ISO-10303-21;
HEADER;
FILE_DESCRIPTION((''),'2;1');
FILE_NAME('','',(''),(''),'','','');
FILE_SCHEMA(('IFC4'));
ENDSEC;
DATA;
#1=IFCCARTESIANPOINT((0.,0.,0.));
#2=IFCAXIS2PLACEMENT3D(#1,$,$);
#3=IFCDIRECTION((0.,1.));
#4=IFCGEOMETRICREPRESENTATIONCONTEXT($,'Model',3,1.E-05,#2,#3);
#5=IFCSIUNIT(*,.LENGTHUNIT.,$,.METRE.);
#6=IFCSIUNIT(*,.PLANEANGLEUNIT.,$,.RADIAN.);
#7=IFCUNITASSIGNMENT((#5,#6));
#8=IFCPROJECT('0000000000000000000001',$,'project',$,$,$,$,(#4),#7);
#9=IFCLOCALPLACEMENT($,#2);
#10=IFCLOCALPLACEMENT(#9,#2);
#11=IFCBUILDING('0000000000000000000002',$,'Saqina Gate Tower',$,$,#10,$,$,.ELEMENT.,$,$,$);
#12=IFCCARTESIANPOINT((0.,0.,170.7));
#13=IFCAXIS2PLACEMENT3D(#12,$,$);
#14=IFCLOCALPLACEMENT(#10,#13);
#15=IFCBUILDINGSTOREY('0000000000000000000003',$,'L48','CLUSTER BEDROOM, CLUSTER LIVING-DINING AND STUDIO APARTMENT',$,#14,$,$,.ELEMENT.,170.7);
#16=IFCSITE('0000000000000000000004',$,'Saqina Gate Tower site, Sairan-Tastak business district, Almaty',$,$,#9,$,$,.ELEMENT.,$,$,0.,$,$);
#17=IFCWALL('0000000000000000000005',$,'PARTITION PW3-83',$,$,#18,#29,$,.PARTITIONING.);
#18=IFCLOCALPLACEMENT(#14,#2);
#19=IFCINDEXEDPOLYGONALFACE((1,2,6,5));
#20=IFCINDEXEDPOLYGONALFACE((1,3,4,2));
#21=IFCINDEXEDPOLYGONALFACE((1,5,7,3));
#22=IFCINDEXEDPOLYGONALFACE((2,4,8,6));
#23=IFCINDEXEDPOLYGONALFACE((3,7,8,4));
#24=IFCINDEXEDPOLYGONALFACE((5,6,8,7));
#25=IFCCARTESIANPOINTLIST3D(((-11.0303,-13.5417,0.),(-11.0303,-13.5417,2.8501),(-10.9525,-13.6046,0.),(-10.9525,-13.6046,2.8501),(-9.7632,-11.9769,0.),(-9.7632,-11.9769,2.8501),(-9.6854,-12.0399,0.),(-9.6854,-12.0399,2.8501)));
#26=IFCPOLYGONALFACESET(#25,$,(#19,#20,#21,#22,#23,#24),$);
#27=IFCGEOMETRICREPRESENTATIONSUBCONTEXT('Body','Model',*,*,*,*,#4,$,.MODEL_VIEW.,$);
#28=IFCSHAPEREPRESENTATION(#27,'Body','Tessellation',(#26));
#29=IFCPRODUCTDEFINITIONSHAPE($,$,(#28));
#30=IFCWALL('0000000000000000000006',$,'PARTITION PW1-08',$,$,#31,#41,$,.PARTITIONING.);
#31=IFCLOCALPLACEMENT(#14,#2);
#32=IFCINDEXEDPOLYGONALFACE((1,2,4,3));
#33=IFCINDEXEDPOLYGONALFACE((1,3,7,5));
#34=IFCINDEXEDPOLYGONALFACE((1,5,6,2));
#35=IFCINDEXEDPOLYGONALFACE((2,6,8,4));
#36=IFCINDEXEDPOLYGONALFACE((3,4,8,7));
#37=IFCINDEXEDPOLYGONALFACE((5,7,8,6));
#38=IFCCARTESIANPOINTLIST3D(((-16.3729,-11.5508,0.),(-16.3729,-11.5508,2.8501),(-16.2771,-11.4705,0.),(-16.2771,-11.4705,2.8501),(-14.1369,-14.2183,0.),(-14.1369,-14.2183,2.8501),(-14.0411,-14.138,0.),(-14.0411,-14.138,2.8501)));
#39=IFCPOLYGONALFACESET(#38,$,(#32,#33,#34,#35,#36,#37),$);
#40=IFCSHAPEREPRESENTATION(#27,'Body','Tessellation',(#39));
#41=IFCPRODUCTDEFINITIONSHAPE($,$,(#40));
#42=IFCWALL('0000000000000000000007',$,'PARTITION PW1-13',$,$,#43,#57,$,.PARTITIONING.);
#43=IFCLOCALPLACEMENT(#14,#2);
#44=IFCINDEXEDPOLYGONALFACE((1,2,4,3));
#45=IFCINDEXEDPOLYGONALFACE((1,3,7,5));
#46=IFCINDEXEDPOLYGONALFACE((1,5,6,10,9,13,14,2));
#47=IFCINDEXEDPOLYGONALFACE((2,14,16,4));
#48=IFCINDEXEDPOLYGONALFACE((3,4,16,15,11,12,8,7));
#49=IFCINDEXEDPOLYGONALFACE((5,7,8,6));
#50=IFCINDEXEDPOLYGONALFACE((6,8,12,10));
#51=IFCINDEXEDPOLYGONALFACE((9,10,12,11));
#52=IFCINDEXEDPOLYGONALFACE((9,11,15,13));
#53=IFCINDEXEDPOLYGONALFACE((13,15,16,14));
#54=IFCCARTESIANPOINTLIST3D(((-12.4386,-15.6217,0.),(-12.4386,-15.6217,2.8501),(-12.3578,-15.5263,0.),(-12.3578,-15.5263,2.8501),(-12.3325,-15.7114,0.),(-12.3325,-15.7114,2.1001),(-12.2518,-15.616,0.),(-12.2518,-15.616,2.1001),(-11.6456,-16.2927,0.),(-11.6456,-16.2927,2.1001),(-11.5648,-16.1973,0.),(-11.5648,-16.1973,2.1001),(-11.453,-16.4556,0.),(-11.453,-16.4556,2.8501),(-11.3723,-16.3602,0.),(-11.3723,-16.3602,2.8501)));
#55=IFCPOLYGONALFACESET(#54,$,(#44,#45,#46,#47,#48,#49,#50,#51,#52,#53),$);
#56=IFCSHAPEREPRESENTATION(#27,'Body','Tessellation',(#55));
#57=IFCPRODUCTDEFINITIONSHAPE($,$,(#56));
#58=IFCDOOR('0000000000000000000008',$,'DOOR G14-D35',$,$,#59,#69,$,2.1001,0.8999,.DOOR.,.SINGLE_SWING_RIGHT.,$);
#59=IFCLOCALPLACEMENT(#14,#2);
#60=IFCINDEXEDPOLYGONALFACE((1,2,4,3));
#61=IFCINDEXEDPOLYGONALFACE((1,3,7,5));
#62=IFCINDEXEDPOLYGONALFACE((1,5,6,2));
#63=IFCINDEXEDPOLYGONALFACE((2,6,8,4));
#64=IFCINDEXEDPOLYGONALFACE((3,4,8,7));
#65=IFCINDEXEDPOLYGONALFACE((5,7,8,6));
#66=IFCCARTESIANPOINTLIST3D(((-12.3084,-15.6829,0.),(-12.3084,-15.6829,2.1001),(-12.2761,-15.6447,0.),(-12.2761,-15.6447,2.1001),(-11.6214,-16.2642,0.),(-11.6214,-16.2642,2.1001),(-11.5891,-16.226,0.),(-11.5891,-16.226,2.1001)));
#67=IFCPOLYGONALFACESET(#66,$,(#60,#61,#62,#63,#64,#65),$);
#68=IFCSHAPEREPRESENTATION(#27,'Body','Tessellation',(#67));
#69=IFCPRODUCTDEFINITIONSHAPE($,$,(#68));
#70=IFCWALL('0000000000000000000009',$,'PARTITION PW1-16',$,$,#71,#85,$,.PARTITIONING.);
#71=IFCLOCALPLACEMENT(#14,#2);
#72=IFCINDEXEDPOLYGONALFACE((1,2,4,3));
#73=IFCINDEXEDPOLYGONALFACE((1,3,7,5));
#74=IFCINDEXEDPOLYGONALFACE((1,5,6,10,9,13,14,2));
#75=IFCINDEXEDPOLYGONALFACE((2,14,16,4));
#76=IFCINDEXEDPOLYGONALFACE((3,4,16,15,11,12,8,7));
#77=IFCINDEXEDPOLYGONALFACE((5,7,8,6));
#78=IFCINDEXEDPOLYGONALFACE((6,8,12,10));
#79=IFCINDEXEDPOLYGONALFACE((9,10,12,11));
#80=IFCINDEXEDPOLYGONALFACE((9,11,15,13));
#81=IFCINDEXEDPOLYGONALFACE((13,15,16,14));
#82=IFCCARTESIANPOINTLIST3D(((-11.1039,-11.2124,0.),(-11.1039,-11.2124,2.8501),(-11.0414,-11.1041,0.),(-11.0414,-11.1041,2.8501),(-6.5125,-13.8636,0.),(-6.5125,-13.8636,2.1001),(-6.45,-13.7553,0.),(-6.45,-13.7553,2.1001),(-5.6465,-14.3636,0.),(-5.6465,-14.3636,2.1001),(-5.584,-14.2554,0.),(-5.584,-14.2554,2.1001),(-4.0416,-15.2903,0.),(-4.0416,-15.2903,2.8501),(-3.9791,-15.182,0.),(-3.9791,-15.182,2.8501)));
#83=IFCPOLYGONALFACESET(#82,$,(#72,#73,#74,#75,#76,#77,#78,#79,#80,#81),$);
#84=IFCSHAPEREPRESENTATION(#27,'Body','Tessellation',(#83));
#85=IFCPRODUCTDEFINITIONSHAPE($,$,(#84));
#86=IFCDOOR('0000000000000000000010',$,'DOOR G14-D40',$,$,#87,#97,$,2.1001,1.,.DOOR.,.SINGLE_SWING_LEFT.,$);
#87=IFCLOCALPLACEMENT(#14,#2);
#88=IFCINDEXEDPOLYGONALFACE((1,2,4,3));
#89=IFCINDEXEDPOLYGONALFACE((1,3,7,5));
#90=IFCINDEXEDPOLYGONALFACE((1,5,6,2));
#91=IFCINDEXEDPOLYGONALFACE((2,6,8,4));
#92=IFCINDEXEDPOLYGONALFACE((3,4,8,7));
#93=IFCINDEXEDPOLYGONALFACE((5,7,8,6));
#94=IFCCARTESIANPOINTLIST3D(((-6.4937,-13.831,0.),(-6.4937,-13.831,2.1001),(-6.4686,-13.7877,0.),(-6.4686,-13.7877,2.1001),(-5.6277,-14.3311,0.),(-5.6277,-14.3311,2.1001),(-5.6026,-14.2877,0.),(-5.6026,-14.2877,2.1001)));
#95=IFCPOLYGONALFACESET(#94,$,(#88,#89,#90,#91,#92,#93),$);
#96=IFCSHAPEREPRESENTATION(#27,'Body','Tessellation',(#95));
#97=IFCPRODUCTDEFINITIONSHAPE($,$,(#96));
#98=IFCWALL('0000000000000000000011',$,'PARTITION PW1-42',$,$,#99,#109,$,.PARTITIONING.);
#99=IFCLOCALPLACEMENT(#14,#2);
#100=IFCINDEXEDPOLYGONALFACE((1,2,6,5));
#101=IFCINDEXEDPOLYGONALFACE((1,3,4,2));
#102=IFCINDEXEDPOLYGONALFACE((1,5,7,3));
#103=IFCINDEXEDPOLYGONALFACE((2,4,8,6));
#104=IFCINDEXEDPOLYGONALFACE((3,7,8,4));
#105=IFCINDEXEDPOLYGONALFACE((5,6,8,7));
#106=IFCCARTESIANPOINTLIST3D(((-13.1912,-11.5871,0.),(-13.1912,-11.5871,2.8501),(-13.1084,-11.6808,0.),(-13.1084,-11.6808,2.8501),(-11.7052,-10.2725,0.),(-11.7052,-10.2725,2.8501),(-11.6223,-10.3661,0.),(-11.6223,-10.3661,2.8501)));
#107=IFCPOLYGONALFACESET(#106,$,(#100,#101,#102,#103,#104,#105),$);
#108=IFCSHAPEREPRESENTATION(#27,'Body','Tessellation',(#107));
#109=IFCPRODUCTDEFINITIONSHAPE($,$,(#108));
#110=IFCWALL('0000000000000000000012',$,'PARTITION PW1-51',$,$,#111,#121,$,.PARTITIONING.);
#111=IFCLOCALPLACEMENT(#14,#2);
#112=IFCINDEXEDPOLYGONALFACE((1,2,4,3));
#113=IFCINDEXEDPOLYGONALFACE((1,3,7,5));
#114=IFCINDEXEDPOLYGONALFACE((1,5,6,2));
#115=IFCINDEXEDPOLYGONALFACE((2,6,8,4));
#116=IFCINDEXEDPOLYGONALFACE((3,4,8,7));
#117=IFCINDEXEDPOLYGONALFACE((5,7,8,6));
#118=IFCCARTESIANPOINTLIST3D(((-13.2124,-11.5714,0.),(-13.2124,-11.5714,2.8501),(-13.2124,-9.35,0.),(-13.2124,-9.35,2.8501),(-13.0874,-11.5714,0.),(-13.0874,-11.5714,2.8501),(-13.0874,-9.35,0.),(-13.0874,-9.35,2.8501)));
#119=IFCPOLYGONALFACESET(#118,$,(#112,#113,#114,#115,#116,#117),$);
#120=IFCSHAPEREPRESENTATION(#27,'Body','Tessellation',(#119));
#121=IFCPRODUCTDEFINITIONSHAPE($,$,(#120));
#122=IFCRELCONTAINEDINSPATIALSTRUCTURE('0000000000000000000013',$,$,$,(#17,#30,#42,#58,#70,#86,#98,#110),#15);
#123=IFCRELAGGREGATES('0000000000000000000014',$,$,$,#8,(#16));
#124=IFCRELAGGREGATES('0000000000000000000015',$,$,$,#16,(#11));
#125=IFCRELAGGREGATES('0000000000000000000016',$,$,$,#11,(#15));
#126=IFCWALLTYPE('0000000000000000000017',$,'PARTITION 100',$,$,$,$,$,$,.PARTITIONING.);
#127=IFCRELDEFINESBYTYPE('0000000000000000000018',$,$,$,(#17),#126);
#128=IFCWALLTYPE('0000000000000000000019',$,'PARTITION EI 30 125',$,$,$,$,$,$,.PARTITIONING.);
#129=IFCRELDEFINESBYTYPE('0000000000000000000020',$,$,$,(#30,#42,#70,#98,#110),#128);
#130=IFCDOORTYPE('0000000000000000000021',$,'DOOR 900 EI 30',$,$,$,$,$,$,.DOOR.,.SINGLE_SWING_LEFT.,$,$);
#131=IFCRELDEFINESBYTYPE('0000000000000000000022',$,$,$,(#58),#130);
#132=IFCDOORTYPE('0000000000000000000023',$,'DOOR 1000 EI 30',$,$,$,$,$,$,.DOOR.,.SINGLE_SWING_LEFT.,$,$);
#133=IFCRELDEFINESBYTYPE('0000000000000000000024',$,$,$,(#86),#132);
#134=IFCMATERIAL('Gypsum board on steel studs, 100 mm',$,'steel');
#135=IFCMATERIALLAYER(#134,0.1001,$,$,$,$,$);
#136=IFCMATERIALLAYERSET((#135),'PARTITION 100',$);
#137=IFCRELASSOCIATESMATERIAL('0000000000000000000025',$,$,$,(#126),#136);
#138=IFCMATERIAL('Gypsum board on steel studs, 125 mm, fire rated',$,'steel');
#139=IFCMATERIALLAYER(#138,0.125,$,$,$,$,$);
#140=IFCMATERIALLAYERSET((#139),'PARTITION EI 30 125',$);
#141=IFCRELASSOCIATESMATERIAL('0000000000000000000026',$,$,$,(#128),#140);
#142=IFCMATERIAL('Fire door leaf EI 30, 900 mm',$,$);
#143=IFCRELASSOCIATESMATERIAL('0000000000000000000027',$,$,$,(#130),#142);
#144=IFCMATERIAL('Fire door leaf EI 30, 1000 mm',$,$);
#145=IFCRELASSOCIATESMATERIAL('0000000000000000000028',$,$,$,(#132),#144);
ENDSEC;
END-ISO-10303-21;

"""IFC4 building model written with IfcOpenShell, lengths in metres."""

from ifc_helpers import new_model, si_unit, direction, frame, frame_2d, origin, place, context, subcontext, project, spatial, rectangle, extrude, material, layer, layer_set, type_object, element, fill, save


model = new_model("IFC4")

# Units and contexts
model_context = context("Model", 3, precision=1e-05, world=origin(), true_north=direction((0.0, 1.0)))
body_context = subcontext(model_context, "Body", "Model", "MODEL_VIEW")
ifc_project = project(units=[si_unit("LENGTHUNIT", "METRE"), si_unit("PLANEANGLEUNIT", "RADIAN")], contexts=[model_context])

# Site, building, storey
site_placement = place(None, origin())
site = spatial("IfcSite", under=ifc_project, at=site_placement, Name="Saqina Gate Tower site, Sairan-Tastak business district, Almaty", CompositionType="ELEMENT", RefElevation=0.0)
building_placement = place(site_placement, origin())
building = spatial("IfcBuilding", under=site, at=building_placement, Name="Saqina Gate Tower", CompositionType="ELEMENT")
storey_placement = place(building_placement, frame((0.0, 0.0, 170.7)))
storey = spatial("IfcBuildingStorey", under=building, at=storey_placement, Name="L48", Description="CLUSTER BEDROOM, CLUSTER LIVING-DINING AND STUDIO APARTMENT", CompositionType="ELEMENT", Elevation=170.7)

# Shared definitions
ifc_material_1 = material(Name="Gypsum board on steel studs, 100 mm", Category="steel")
ifc_layer_1 = layer(ifc_material_1, 0.1001)
ifc_layer_set_1 = layer_set([ifc_layer_1], Name="PARTITION 100")
wall_type_1 = type_object("IfcWallType", Name="PARTITION 100", PredefinedType="PARTITIONING", material=ifc_layer_set_1)

# Walls
wall_1_placement = place(storey_placement, frame((-10.9915, -13.5732, 0.0), z_axis=(0.0, 0.0, 1.0), x_axis=(0.629327, 0.77714, 0.0)))
element("IfcWall", 1, at=wall_1_placement, inside=storey, type_object=wall_type_1, Name="PARTITION PW3-83", PredefinedType="PARTITIONING", context=body_context, shape_type="SweptSolid", body=[
    extrude(rectangle(XDim=2.0134, YDim=0.1001, at=frame_2d((1.0068, 0.0))), origin(), (0.0, 0.0, 1.0), 2.8501),
])
ifc_material_2 = material(Name="Gypsum board on steel studs, 125 mm, fire rated", Category="steel")
ifc_layer_2 = layer(ifc_material_2, 0.125)
ifc_layer_set_2 = layer_set([ifc_layer_2], Name="PARTITION EI 30 125")
wall_type_2 = type_object("IfcWallType", Name="PARTITION EI 30 125", PredefinedType="PARTITIONING", material=ifc_layer_set_2)
wall_2_placement = place(storey_placement, frame((-16.325, -11.5107, 0.0), z_axis=(0.0, 0.0, 1.0), x_axis=(0.642417, -0.766355, 0.0)))
element("IfcWall", 2, at=wall_2_placement, inside=storey, type_object=wall_type_2, Name="PARTITION PW1-08", PredefinedType="PARTITIONING", context=body_context, shape_type="SweptSolid", body=[
    extrude(rectangle(XDim=3.4807, YDim=0.125, at=frame_2d((1.7402, 0.0))), origin(), (0.0, 0.0, 1.0), 2.8501),
])

# Walls, openings, doors
wall_3_placement = place(storey_placement, frame((-12.3982, -15.574, 0.0), z_axis=(0.0, 0.0, 1.0), x_axis=(0.763379, -0.645951, 0.0)))
wall_3 = element("IfcWall", 3, at=wall_3_placement, inside=storey, type_object=wall_type_2, Name="PARTITION PW1-13", PredefinedType="PARTITIONING", context=body_context, shape_type="SweptSolid", body=[
    extrude(rectangle(XDim=1.291, YDim=0.125, at=frame_2d((0.6455, 0.0))), origin(), (0.0, 0.0, 1.0), 2.8501),
])
opening_1_placement = place(wall_3_placement, frame((0.1389, 0.0, 0.0)))
opening_1 = element("IfcOpeningElement", 4, at=opening_1_placement, cuts=wall_3, PredefinedType="OPENING", context=body_context, shape_type="SweptSolid", body=[
    extrude(rectangle(XDim=0.8999, YDim=2.1001, at=frame_2d((0.45, 1.05))), frame((0.0, 0.0745, 0.0), z_axis=(0.0, -1.0, 0.0), x_axis=(1.0, 0.0, 0.0)), (0.0, 0.0, 1.0), 0.1489),
])
ifc_material_3 = material(Name="Fire door leaf EI 30, 900 mm")
door_type_1 = type_object("IfcDoorType", Name="DOOR 900 EI 30", OperationType="SINGLE_SWING_LEFT", PredefinedType="DOOR", material=ifc_material_3)
door_1_placement = place(opening_1_placement, origin())
door_1 = element("IfcDoor", 5, at=door_1_placement, inside=storey, type_object=door_type_1, Name="DOOR G14-D35", OperationType="SINGLE_SWING_RIGHT", OverallHeight=2.1001, OverallWidth=0.8999, PredefinedType="DOOR", context=body_context, shape_type="SweptSolid", body=[
    extrude(rectangle(XDim=0.8999, YDim=2.1001, at=frame_2d((0.45, 1.05))), frame((0.0, 0.0249, 0.0), z_axis=(0.0, -1.0, 0.0), x_axis=(1.0, 0.0, 0.0)), (0.0, 0.0, 1.0), 0.05),
])
fill(opening_1, door_1)
wall_4_placement = place(storey_placement, frame((-11.0728, -11.1582, 0.0), z_axis=(0.0, 0.0, 1.0), x_axis=(0.866, -0.500045, 0.0)))
wall_4 = element("IfcWall", 6, at=wall_4_placement, inside=storey, type_object=wall_type_2, Name="PARTITION PW1-16", PredefinedType="PARTITIONING", context=body_context, shape_type="SweptSolid", body=[
    extrude(rectangle(XDim=8.155, YDim=0.125, at=frame_2d((4.0776, 0.0))), origin(), (0.0, 0.0, 1.0), 2.8501),
])
opening_2_placement = place(wall_4_placement, frame((5.302, 0.0, 0.0)))
opening_2 = element("IfcOpeningElement", 7, at=opening_2_placement, cuts=wall_4, PredefinedType="OPENING", context=body_context, shape_type="SweptSolid", body=[
    extrude(rectangle(XDim=1.0, YDim=2.1001, at=frame_2d((0.5, 1.05))), frame((0.0, 0.0745, 0.0), z_axis=(0.0, -1.0, 0.0), x_axis=(1.0, 0.0, 0.0)), (0.0, 0.0, 1.0), 0.1489),
])
ifc_material_4 = material(Name="Fire door leaf EI 30, 1000 mm")
door_type_2 = type_object("IfcDoorType", Name="DOOR 1000 EI 30", OperationType="SINGLE_SWING_LEFT", PredefinedType="DOOR", material=ifc_material_4)
door_2_placement = place(opening_2_placement, frame((1.0, 0.0, 0.0), z_axis=(0.0, 0.0, 1.0), x_axis=(-1.0, 0.0, 0.0)))
door_2 = element("IfcDoor", 8, at=door_2_placement, inside=storey, type_object=door_type_2, Name="DOOR G14-D40", OperationType="SINGLE_SWING_LEFT", OverallHeight=2.1001, OverallWidth=1.0, PredefinedType="DOOR", context=body_context, shape_type="SweptSolid", body=[
    extrude(rectangle(XDim=1.0, YDim=2.1001, at=frame_2d((0.5, 1.05))), frame((0.0, 0.0249, 0.0), z_axis=(0.0, -1.0, 0.0), x_axis=(1.0, 0.0, 0.0)), (0.0, 0.0, 1.0), 0.05),
])
fill(opening_2, door_2)

# Walls
wall_5_placement = place(storey_placement, frame((-13.1499, -11.634, 0.0), z_axis=(0.0, 0.0, 1.0), x_axis=(0.748975, 0.662598, 0.0)))
element("IfcWall", 9, at=wall_5_placement, inside=storey, type_object=wall_type_2, Name="PARTITION PW1-42", PredefinedType="PARTITIONING", context=body_context, shape_type="SweptSolid", body=[
    extrude(rectangle(XDim=1.9841, YDim=0.125, at=frame_2d((0.9922, 0.0))), origin(), (0.0, 0.0, 1.0), 2.8501),
])
wall_6_placement = place(storey_placement, frame((-13.1499, -11.5715, 0.0), z_axis=(0.0, 0.0, 1.0), x_axis=(0.0, 1.0, 0.0)))
element("IfcWall", 10, at=wall_6_placement, inside=storey, type_object=wall_type_2, Name="PARTITION PW1-51", PredefinedType="PARTITIONING", context=body_context, shape_type="SweptSolid", body=[
    extrude(rectangle(XDim=2.2214, YDim=0.125, at=frame_2d((1.1108, 0.0))), origin(), (0.0, 0.0, 1.0), 2.8501),
])

save(model, "model.ifc")
